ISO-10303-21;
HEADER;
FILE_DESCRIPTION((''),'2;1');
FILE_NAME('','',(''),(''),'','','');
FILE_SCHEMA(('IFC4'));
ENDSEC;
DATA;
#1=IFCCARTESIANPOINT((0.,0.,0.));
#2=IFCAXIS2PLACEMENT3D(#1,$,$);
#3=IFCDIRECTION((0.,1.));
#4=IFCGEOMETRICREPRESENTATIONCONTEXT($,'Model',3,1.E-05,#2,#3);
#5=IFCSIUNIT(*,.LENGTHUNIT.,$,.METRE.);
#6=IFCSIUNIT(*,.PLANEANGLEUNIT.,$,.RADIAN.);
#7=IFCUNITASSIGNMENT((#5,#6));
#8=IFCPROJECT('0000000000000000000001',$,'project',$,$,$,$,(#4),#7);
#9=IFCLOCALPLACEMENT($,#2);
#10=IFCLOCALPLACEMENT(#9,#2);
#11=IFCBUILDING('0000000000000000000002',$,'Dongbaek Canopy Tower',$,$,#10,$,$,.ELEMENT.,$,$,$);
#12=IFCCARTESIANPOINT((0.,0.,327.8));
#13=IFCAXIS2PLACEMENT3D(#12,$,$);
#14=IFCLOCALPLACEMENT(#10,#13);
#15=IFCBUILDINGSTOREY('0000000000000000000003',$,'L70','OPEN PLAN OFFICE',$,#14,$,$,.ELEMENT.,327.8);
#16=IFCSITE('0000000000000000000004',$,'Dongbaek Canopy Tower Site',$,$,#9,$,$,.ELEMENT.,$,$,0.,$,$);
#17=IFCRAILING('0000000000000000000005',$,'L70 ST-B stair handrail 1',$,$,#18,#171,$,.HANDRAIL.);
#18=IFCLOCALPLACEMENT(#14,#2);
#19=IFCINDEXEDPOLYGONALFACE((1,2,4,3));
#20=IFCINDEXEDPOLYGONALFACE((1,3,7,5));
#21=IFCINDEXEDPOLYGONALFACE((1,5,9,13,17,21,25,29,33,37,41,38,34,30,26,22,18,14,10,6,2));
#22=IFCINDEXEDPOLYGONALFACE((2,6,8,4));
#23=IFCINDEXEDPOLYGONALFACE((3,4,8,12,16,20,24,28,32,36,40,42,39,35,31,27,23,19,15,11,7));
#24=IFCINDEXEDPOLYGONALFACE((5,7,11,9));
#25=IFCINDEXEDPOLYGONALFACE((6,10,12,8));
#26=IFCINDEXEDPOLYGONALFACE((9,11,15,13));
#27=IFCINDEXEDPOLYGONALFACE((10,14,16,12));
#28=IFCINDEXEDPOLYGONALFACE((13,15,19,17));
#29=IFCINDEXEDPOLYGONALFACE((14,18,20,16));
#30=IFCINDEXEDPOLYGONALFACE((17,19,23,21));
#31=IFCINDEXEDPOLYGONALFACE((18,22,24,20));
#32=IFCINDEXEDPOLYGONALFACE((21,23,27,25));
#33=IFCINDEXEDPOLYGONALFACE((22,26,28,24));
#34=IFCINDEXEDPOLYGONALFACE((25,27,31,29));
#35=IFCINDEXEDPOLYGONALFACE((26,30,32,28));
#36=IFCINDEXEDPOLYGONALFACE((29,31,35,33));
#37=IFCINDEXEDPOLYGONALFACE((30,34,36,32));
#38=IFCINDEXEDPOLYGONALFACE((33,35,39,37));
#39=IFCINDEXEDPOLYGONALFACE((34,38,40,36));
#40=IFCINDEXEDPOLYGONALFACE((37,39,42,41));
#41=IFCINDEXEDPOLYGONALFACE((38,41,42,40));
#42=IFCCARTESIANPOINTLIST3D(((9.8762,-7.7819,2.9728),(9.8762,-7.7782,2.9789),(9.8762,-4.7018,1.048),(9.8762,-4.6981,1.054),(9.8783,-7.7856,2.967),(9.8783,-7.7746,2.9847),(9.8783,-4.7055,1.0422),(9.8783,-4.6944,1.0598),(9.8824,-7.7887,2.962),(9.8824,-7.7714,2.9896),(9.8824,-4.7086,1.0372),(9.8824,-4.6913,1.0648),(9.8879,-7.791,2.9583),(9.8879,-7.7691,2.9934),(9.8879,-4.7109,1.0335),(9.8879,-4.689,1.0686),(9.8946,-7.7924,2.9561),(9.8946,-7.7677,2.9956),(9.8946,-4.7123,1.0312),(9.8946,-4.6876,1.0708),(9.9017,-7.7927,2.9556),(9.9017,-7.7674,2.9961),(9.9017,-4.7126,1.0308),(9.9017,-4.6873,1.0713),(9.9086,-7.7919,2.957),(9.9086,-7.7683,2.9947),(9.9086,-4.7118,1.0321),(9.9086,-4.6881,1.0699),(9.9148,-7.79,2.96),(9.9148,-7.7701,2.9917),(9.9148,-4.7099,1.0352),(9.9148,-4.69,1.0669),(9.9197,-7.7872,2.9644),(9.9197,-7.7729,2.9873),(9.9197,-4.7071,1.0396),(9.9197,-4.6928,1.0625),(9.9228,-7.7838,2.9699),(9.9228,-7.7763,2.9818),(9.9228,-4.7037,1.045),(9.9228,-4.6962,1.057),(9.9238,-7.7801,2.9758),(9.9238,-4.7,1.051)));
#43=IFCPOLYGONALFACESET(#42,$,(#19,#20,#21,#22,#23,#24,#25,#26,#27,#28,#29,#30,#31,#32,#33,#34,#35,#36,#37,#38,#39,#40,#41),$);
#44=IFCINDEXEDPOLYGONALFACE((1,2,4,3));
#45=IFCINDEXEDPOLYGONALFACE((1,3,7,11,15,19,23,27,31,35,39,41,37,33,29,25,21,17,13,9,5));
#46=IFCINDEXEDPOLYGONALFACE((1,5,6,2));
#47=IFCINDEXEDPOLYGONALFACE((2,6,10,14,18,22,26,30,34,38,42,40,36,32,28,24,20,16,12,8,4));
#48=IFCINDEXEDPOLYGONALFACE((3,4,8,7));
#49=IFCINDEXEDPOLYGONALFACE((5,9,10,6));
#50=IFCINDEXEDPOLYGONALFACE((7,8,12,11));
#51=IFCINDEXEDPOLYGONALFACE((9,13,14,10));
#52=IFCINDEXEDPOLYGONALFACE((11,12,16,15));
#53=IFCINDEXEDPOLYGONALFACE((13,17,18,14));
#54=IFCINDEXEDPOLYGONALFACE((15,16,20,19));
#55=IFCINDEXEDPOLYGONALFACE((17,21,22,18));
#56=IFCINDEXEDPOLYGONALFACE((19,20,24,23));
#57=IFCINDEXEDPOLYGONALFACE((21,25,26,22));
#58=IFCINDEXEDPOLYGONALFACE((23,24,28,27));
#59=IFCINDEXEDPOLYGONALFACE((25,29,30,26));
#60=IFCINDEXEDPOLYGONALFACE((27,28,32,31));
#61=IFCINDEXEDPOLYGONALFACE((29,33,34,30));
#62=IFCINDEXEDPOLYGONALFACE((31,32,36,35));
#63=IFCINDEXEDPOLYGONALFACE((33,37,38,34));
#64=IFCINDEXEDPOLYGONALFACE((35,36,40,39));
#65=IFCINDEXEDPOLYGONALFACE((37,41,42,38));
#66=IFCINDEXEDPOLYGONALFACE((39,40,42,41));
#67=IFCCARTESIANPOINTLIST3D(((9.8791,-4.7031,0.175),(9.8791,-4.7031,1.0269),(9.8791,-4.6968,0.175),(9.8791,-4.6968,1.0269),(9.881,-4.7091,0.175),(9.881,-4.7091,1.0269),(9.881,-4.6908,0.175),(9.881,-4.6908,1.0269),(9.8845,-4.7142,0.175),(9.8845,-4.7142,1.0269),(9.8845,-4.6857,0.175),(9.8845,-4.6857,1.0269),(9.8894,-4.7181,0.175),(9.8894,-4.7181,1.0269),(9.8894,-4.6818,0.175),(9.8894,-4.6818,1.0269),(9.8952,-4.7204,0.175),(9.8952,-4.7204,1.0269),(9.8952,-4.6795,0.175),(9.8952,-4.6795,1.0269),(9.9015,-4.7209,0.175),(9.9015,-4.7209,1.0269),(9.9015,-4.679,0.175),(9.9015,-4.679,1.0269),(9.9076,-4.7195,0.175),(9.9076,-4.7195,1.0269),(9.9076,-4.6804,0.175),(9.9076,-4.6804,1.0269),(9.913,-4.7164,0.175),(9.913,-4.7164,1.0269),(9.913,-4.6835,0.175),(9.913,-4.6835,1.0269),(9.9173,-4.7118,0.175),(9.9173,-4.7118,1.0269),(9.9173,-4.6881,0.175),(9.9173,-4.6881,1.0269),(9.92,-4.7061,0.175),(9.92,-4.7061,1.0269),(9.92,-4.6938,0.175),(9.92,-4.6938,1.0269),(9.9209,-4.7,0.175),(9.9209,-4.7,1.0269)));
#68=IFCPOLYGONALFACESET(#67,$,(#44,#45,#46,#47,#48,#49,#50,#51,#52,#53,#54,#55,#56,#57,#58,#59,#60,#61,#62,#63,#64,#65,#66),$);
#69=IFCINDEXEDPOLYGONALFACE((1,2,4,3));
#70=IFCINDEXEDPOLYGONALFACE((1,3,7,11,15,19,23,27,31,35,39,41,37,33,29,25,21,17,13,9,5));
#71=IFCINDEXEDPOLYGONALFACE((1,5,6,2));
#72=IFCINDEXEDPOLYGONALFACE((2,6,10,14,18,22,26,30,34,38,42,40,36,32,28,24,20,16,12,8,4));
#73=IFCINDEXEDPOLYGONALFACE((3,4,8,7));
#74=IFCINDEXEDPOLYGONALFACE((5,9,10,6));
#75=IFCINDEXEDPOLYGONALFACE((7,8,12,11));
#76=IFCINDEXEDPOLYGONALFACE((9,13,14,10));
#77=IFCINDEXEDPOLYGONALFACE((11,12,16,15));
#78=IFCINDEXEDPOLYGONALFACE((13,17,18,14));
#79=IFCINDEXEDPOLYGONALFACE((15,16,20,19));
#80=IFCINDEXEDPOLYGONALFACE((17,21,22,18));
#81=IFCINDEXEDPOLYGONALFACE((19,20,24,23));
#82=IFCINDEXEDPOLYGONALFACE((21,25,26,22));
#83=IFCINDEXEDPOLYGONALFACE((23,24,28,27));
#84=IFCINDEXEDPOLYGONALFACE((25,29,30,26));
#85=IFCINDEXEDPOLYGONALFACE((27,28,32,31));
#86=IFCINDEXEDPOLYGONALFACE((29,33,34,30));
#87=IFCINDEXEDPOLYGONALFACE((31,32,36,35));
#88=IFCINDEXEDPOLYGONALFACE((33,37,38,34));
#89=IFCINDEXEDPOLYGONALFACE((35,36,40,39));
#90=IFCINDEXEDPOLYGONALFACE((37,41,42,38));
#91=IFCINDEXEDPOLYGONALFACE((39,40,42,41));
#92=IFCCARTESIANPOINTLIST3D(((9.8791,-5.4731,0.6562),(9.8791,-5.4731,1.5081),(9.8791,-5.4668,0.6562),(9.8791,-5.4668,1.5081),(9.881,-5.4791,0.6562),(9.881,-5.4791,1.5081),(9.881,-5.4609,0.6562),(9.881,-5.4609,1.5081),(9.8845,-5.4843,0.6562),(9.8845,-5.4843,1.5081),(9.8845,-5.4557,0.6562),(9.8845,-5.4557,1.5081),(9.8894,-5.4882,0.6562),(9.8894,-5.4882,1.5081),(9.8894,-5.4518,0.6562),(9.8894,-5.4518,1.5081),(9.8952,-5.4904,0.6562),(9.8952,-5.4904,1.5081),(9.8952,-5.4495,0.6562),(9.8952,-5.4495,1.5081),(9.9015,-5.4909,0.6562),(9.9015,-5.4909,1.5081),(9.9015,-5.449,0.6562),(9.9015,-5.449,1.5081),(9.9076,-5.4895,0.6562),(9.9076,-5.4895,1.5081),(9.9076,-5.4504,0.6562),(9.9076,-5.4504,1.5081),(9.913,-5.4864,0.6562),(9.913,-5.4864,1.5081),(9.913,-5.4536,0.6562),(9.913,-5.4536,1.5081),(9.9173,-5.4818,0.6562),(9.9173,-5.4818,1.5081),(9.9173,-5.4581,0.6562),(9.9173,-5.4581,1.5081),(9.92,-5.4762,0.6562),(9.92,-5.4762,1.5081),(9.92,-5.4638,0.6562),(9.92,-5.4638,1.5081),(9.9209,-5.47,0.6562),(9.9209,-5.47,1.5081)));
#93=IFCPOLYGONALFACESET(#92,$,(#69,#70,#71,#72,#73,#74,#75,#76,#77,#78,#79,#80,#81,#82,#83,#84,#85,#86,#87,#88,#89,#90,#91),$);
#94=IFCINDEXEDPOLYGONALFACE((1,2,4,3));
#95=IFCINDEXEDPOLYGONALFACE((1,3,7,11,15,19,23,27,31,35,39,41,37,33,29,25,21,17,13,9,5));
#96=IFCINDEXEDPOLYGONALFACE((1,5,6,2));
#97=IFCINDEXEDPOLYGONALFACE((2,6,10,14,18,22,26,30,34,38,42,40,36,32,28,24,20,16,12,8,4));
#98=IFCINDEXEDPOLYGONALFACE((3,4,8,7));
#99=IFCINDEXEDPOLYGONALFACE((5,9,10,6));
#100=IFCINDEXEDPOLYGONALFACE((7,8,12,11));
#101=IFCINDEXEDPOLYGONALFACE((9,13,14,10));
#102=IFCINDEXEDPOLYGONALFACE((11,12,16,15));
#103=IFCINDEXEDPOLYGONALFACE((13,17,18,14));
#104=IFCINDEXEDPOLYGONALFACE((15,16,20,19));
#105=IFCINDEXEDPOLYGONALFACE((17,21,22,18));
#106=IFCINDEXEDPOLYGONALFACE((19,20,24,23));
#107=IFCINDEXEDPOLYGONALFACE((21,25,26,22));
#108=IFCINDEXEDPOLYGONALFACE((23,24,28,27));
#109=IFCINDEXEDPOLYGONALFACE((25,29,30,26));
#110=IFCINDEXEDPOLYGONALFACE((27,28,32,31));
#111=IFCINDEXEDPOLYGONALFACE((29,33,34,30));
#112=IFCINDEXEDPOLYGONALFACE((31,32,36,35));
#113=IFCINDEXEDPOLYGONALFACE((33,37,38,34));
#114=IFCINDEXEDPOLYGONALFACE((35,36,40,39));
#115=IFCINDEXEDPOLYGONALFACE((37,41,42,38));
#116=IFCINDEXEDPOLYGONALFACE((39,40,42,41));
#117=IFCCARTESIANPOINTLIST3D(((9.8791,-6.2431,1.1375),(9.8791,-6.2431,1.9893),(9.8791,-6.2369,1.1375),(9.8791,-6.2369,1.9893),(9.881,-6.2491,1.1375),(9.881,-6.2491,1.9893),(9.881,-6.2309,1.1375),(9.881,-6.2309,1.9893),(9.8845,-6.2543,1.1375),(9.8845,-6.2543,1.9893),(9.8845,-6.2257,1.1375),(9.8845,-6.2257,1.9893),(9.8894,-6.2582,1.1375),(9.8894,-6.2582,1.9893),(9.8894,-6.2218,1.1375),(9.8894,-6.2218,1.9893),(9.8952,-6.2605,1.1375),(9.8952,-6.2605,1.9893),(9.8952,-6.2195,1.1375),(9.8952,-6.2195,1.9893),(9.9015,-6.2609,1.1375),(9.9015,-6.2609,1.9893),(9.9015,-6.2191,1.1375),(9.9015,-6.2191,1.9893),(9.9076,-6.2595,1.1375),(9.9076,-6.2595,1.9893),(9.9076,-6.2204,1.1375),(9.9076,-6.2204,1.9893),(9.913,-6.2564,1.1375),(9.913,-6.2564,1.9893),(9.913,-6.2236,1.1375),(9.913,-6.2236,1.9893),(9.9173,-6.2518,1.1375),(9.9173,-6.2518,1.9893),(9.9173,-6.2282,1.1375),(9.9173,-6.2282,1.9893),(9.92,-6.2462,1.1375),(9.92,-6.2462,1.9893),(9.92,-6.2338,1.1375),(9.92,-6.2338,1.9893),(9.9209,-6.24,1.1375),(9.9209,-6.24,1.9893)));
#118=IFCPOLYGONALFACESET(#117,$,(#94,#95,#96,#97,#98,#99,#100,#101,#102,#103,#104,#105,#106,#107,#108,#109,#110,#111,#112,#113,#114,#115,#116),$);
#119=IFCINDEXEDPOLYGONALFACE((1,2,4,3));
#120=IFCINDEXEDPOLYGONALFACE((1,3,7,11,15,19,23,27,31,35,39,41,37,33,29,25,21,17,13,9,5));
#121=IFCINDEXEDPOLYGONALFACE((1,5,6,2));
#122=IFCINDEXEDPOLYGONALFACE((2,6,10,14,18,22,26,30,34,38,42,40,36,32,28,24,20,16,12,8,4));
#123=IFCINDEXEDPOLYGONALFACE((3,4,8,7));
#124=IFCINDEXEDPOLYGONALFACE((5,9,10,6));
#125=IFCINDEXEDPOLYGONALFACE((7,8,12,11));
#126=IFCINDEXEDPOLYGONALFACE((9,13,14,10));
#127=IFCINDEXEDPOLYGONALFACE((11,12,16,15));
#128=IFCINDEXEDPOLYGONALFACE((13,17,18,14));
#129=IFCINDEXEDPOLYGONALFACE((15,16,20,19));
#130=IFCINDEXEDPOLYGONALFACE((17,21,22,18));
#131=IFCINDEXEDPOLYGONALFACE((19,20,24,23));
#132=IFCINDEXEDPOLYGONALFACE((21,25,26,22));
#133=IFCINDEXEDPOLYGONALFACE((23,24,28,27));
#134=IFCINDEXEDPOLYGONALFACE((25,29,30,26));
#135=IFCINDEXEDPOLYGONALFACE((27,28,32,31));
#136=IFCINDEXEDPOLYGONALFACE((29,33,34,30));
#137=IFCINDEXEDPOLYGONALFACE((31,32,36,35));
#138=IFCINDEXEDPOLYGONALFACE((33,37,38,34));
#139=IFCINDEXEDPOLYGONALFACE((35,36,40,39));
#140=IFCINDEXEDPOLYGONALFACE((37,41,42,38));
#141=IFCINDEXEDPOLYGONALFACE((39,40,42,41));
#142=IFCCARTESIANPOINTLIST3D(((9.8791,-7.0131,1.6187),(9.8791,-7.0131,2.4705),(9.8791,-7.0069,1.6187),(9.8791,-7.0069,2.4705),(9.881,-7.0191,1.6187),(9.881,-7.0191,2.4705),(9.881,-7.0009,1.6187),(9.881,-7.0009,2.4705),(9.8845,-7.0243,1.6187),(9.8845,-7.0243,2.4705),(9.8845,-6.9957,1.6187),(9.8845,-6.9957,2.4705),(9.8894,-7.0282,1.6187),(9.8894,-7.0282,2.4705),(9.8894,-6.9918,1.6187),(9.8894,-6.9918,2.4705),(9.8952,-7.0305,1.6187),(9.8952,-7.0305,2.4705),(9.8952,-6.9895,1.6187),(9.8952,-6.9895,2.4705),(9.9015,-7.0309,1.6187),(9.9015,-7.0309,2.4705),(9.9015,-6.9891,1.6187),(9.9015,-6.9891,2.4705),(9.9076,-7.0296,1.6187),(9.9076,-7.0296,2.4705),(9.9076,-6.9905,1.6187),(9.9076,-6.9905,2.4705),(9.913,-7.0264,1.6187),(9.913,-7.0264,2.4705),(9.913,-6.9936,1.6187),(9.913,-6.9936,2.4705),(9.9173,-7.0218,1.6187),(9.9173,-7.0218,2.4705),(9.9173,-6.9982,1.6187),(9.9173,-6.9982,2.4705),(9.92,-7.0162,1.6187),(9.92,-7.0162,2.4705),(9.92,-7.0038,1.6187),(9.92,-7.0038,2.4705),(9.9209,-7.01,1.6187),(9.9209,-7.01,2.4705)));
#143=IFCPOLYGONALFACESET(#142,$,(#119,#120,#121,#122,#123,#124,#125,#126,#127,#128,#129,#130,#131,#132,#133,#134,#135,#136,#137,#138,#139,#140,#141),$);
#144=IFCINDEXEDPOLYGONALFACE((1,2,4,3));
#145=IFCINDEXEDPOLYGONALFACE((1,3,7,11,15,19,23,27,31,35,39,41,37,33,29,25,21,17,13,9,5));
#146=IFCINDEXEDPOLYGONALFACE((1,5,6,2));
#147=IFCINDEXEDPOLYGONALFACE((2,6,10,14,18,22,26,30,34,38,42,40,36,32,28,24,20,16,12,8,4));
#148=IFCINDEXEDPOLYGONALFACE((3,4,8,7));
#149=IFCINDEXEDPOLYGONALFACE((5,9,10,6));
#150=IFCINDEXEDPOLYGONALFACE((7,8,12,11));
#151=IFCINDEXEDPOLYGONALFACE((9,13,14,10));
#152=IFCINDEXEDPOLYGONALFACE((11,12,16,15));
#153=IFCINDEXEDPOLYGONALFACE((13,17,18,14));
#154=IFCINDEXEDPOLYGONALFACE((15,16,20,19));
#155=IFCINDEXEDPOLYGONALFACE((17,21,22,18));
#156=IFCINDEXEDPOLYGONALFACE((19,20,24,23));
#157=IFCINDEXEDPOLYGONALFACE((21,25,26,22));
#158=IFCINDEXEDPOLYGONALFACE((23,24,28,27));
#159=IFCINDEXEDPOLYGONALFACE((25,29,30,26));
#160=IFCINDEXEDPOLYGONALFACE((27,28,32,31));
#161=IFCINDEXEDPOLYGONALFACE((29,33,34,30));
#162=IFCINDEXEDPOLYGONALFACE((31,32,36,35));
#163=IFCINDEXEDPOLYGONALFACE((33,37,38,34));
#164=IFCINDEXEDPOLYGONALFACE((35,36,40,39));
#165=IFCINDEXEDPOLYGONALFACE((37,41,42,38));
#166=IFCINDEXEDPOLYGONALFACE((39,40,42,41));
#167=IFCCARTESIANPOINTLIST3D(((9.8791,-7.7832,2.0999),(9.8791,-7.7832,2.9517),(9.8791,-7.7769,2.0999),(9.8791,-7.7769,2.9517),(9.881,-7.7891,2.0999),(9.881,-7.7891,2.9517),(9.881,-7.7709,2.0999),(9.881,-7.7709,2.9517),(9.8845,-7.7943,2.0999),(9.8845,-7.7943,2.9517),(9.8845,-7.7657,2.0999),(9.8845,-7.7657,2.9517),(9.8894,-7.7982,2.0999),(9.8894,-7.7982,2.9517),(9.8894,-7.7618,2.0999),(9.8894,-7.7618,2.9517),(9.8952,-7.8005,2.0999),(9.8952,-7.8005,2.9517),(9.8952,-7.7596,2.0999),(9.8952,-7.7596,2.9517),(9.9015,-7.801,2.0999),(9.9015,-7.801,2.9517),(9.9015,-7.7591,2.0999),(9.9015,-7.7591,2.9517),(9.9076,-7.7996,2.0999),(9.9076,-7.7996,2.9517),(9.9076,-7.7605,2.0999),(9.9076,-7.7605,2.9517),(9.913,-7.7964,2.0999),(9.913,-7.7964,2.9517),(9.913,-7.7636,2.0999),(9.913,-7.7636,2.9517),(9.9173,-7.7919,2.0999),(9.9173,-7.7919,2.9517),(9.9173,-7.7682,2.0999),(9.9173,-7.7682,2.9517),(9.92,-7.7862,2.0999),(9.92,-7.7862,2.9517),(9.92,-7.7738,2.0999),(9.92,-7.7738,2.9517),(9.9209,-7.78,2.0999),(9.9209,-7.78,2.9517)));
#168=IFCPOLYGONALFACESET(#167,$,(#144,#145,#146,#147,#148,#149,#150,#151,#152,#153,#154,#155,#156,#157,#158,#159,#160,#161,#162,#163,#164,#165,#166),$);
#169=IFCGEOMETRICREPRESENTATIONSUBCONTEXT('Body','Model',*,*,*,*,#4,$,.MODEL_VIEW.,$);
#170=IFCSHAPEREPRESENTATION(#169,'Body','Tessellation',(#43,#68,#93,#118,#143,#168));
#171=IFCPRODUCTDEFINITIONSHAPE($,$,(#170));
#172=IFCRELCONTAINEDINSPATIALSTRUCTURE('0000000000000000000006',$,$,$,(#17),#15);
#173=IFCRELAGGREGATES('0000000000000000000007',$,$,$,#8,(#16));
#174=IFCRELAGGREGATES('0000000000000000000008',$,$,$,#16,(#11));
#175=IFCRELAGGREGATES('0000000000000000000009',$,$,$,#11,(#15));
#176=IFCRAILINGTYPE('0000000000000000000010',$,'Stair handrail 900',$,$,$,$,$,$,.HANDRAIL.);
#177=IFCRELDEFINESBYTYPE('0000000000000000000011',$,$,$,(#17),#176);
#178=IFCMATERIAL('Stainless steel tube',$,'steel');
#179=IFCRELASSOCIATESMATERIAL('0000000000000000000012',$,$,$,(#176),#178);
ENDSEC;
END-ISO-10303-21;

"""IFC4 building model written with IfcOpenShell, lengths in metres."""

from ifc_helpers import new_model, si_unit, direction, frame, origin, origin_2d, place, context, subcontext, project, spatial, circle, extrude, material, type_object, element, save


model = new_model("IFC4")

# Units and contexts
model_context = context("Model", 3, precision=1e-05, world=origin(), true_north=direction((0.0, 1.0)))
body_context = subcontext(model_context, "Body", "Model", "MODEL_VIEW")
ifc_project = project(units=[si_unit("LENGTHUNIT", "METRE"), si_unit("PLANEANGLEUNIT", "RADIAN")], contexts=[model_context])

# Site, building, storey
site_placement = place(None, origin())
site = spatial("IfcSite", under=ifc_project, at=site_placement, Name="Dongbaek Canopy Tower Site", CompositionType="ELEMENT", RefElevation=0.0)
building_placement = place(site_placement, origin())
building = spatial("IfcBuilding", under=site, at=building_placement, Name="Dongbaek Canopy Tower", CompositionType="ELEMENT")
storey_placement = place(building_placement, frame((0.0, 0.0, 327.8)))
storey = spatial("IfcBuildingStorey", under=building, at=storey_placement, Name="L70", Description="OPEN PLAN OFFICE", CompositionType="ELEMENT", Elevation=327.8)

# Railing
ifc_material_1 = material(Name="Stainless steel tube", Category="steel")
railing_type_1 = type_object("IfcRailingType", Name="Stair handrail 900", PredefinedType="HANDRAIL", material=ifc_material_1)
railing_1_placement = place(storey_placement, frame((9.8999, -4.7, 0.175)))
element("IfcRailing", 1, at=railing_1_placement, inside=storey, type_object=railing_type_1, Name="L70 ST-B stair handrail 1", PredefinedType="HANDRAIL", context=body_context, shape_type="SweptSolid", body=[
    extrude(circle(Radius=0.0239, at=origin_2d()), frame((0.0, 0.0, 0.876), z_axis=(0.0, -0.848029, 0.529951), x_axis=(1.0, 0.0, 0.0)), (0.0, 0.0, 1.0), 3.6321),
    extrude(circle(Radius=0.021, at=origin_2d()), origin(), (0.0, 0.0, 1.0), 0.8518),
    extrude(circle(Radius=0.021, at=origin_2d()), frame((0.0, -0.77, 0.4812)), (0.0, 0.0, 1.0), 0.8518),
    extrude(circle(Radius=0.021, at=origin_2d()), frame((0.0, -1.54, 0.9624)), (0.0, 0.0, 1.0), 0.8518),
    extrude(circle(Radius=0.021, at=origin_2d()), frame((0.0, -2.3101, 1.4436)), (0.0, 0.0, 1.0), 0.8518),
    extrude(circle(Radius=0.021, at=origin_2d()), frame((0.0, -3.0801, 1.9248)), (0.0, 0.0, 1.0), 0.8518),
])

save(model, "model.ifc")
